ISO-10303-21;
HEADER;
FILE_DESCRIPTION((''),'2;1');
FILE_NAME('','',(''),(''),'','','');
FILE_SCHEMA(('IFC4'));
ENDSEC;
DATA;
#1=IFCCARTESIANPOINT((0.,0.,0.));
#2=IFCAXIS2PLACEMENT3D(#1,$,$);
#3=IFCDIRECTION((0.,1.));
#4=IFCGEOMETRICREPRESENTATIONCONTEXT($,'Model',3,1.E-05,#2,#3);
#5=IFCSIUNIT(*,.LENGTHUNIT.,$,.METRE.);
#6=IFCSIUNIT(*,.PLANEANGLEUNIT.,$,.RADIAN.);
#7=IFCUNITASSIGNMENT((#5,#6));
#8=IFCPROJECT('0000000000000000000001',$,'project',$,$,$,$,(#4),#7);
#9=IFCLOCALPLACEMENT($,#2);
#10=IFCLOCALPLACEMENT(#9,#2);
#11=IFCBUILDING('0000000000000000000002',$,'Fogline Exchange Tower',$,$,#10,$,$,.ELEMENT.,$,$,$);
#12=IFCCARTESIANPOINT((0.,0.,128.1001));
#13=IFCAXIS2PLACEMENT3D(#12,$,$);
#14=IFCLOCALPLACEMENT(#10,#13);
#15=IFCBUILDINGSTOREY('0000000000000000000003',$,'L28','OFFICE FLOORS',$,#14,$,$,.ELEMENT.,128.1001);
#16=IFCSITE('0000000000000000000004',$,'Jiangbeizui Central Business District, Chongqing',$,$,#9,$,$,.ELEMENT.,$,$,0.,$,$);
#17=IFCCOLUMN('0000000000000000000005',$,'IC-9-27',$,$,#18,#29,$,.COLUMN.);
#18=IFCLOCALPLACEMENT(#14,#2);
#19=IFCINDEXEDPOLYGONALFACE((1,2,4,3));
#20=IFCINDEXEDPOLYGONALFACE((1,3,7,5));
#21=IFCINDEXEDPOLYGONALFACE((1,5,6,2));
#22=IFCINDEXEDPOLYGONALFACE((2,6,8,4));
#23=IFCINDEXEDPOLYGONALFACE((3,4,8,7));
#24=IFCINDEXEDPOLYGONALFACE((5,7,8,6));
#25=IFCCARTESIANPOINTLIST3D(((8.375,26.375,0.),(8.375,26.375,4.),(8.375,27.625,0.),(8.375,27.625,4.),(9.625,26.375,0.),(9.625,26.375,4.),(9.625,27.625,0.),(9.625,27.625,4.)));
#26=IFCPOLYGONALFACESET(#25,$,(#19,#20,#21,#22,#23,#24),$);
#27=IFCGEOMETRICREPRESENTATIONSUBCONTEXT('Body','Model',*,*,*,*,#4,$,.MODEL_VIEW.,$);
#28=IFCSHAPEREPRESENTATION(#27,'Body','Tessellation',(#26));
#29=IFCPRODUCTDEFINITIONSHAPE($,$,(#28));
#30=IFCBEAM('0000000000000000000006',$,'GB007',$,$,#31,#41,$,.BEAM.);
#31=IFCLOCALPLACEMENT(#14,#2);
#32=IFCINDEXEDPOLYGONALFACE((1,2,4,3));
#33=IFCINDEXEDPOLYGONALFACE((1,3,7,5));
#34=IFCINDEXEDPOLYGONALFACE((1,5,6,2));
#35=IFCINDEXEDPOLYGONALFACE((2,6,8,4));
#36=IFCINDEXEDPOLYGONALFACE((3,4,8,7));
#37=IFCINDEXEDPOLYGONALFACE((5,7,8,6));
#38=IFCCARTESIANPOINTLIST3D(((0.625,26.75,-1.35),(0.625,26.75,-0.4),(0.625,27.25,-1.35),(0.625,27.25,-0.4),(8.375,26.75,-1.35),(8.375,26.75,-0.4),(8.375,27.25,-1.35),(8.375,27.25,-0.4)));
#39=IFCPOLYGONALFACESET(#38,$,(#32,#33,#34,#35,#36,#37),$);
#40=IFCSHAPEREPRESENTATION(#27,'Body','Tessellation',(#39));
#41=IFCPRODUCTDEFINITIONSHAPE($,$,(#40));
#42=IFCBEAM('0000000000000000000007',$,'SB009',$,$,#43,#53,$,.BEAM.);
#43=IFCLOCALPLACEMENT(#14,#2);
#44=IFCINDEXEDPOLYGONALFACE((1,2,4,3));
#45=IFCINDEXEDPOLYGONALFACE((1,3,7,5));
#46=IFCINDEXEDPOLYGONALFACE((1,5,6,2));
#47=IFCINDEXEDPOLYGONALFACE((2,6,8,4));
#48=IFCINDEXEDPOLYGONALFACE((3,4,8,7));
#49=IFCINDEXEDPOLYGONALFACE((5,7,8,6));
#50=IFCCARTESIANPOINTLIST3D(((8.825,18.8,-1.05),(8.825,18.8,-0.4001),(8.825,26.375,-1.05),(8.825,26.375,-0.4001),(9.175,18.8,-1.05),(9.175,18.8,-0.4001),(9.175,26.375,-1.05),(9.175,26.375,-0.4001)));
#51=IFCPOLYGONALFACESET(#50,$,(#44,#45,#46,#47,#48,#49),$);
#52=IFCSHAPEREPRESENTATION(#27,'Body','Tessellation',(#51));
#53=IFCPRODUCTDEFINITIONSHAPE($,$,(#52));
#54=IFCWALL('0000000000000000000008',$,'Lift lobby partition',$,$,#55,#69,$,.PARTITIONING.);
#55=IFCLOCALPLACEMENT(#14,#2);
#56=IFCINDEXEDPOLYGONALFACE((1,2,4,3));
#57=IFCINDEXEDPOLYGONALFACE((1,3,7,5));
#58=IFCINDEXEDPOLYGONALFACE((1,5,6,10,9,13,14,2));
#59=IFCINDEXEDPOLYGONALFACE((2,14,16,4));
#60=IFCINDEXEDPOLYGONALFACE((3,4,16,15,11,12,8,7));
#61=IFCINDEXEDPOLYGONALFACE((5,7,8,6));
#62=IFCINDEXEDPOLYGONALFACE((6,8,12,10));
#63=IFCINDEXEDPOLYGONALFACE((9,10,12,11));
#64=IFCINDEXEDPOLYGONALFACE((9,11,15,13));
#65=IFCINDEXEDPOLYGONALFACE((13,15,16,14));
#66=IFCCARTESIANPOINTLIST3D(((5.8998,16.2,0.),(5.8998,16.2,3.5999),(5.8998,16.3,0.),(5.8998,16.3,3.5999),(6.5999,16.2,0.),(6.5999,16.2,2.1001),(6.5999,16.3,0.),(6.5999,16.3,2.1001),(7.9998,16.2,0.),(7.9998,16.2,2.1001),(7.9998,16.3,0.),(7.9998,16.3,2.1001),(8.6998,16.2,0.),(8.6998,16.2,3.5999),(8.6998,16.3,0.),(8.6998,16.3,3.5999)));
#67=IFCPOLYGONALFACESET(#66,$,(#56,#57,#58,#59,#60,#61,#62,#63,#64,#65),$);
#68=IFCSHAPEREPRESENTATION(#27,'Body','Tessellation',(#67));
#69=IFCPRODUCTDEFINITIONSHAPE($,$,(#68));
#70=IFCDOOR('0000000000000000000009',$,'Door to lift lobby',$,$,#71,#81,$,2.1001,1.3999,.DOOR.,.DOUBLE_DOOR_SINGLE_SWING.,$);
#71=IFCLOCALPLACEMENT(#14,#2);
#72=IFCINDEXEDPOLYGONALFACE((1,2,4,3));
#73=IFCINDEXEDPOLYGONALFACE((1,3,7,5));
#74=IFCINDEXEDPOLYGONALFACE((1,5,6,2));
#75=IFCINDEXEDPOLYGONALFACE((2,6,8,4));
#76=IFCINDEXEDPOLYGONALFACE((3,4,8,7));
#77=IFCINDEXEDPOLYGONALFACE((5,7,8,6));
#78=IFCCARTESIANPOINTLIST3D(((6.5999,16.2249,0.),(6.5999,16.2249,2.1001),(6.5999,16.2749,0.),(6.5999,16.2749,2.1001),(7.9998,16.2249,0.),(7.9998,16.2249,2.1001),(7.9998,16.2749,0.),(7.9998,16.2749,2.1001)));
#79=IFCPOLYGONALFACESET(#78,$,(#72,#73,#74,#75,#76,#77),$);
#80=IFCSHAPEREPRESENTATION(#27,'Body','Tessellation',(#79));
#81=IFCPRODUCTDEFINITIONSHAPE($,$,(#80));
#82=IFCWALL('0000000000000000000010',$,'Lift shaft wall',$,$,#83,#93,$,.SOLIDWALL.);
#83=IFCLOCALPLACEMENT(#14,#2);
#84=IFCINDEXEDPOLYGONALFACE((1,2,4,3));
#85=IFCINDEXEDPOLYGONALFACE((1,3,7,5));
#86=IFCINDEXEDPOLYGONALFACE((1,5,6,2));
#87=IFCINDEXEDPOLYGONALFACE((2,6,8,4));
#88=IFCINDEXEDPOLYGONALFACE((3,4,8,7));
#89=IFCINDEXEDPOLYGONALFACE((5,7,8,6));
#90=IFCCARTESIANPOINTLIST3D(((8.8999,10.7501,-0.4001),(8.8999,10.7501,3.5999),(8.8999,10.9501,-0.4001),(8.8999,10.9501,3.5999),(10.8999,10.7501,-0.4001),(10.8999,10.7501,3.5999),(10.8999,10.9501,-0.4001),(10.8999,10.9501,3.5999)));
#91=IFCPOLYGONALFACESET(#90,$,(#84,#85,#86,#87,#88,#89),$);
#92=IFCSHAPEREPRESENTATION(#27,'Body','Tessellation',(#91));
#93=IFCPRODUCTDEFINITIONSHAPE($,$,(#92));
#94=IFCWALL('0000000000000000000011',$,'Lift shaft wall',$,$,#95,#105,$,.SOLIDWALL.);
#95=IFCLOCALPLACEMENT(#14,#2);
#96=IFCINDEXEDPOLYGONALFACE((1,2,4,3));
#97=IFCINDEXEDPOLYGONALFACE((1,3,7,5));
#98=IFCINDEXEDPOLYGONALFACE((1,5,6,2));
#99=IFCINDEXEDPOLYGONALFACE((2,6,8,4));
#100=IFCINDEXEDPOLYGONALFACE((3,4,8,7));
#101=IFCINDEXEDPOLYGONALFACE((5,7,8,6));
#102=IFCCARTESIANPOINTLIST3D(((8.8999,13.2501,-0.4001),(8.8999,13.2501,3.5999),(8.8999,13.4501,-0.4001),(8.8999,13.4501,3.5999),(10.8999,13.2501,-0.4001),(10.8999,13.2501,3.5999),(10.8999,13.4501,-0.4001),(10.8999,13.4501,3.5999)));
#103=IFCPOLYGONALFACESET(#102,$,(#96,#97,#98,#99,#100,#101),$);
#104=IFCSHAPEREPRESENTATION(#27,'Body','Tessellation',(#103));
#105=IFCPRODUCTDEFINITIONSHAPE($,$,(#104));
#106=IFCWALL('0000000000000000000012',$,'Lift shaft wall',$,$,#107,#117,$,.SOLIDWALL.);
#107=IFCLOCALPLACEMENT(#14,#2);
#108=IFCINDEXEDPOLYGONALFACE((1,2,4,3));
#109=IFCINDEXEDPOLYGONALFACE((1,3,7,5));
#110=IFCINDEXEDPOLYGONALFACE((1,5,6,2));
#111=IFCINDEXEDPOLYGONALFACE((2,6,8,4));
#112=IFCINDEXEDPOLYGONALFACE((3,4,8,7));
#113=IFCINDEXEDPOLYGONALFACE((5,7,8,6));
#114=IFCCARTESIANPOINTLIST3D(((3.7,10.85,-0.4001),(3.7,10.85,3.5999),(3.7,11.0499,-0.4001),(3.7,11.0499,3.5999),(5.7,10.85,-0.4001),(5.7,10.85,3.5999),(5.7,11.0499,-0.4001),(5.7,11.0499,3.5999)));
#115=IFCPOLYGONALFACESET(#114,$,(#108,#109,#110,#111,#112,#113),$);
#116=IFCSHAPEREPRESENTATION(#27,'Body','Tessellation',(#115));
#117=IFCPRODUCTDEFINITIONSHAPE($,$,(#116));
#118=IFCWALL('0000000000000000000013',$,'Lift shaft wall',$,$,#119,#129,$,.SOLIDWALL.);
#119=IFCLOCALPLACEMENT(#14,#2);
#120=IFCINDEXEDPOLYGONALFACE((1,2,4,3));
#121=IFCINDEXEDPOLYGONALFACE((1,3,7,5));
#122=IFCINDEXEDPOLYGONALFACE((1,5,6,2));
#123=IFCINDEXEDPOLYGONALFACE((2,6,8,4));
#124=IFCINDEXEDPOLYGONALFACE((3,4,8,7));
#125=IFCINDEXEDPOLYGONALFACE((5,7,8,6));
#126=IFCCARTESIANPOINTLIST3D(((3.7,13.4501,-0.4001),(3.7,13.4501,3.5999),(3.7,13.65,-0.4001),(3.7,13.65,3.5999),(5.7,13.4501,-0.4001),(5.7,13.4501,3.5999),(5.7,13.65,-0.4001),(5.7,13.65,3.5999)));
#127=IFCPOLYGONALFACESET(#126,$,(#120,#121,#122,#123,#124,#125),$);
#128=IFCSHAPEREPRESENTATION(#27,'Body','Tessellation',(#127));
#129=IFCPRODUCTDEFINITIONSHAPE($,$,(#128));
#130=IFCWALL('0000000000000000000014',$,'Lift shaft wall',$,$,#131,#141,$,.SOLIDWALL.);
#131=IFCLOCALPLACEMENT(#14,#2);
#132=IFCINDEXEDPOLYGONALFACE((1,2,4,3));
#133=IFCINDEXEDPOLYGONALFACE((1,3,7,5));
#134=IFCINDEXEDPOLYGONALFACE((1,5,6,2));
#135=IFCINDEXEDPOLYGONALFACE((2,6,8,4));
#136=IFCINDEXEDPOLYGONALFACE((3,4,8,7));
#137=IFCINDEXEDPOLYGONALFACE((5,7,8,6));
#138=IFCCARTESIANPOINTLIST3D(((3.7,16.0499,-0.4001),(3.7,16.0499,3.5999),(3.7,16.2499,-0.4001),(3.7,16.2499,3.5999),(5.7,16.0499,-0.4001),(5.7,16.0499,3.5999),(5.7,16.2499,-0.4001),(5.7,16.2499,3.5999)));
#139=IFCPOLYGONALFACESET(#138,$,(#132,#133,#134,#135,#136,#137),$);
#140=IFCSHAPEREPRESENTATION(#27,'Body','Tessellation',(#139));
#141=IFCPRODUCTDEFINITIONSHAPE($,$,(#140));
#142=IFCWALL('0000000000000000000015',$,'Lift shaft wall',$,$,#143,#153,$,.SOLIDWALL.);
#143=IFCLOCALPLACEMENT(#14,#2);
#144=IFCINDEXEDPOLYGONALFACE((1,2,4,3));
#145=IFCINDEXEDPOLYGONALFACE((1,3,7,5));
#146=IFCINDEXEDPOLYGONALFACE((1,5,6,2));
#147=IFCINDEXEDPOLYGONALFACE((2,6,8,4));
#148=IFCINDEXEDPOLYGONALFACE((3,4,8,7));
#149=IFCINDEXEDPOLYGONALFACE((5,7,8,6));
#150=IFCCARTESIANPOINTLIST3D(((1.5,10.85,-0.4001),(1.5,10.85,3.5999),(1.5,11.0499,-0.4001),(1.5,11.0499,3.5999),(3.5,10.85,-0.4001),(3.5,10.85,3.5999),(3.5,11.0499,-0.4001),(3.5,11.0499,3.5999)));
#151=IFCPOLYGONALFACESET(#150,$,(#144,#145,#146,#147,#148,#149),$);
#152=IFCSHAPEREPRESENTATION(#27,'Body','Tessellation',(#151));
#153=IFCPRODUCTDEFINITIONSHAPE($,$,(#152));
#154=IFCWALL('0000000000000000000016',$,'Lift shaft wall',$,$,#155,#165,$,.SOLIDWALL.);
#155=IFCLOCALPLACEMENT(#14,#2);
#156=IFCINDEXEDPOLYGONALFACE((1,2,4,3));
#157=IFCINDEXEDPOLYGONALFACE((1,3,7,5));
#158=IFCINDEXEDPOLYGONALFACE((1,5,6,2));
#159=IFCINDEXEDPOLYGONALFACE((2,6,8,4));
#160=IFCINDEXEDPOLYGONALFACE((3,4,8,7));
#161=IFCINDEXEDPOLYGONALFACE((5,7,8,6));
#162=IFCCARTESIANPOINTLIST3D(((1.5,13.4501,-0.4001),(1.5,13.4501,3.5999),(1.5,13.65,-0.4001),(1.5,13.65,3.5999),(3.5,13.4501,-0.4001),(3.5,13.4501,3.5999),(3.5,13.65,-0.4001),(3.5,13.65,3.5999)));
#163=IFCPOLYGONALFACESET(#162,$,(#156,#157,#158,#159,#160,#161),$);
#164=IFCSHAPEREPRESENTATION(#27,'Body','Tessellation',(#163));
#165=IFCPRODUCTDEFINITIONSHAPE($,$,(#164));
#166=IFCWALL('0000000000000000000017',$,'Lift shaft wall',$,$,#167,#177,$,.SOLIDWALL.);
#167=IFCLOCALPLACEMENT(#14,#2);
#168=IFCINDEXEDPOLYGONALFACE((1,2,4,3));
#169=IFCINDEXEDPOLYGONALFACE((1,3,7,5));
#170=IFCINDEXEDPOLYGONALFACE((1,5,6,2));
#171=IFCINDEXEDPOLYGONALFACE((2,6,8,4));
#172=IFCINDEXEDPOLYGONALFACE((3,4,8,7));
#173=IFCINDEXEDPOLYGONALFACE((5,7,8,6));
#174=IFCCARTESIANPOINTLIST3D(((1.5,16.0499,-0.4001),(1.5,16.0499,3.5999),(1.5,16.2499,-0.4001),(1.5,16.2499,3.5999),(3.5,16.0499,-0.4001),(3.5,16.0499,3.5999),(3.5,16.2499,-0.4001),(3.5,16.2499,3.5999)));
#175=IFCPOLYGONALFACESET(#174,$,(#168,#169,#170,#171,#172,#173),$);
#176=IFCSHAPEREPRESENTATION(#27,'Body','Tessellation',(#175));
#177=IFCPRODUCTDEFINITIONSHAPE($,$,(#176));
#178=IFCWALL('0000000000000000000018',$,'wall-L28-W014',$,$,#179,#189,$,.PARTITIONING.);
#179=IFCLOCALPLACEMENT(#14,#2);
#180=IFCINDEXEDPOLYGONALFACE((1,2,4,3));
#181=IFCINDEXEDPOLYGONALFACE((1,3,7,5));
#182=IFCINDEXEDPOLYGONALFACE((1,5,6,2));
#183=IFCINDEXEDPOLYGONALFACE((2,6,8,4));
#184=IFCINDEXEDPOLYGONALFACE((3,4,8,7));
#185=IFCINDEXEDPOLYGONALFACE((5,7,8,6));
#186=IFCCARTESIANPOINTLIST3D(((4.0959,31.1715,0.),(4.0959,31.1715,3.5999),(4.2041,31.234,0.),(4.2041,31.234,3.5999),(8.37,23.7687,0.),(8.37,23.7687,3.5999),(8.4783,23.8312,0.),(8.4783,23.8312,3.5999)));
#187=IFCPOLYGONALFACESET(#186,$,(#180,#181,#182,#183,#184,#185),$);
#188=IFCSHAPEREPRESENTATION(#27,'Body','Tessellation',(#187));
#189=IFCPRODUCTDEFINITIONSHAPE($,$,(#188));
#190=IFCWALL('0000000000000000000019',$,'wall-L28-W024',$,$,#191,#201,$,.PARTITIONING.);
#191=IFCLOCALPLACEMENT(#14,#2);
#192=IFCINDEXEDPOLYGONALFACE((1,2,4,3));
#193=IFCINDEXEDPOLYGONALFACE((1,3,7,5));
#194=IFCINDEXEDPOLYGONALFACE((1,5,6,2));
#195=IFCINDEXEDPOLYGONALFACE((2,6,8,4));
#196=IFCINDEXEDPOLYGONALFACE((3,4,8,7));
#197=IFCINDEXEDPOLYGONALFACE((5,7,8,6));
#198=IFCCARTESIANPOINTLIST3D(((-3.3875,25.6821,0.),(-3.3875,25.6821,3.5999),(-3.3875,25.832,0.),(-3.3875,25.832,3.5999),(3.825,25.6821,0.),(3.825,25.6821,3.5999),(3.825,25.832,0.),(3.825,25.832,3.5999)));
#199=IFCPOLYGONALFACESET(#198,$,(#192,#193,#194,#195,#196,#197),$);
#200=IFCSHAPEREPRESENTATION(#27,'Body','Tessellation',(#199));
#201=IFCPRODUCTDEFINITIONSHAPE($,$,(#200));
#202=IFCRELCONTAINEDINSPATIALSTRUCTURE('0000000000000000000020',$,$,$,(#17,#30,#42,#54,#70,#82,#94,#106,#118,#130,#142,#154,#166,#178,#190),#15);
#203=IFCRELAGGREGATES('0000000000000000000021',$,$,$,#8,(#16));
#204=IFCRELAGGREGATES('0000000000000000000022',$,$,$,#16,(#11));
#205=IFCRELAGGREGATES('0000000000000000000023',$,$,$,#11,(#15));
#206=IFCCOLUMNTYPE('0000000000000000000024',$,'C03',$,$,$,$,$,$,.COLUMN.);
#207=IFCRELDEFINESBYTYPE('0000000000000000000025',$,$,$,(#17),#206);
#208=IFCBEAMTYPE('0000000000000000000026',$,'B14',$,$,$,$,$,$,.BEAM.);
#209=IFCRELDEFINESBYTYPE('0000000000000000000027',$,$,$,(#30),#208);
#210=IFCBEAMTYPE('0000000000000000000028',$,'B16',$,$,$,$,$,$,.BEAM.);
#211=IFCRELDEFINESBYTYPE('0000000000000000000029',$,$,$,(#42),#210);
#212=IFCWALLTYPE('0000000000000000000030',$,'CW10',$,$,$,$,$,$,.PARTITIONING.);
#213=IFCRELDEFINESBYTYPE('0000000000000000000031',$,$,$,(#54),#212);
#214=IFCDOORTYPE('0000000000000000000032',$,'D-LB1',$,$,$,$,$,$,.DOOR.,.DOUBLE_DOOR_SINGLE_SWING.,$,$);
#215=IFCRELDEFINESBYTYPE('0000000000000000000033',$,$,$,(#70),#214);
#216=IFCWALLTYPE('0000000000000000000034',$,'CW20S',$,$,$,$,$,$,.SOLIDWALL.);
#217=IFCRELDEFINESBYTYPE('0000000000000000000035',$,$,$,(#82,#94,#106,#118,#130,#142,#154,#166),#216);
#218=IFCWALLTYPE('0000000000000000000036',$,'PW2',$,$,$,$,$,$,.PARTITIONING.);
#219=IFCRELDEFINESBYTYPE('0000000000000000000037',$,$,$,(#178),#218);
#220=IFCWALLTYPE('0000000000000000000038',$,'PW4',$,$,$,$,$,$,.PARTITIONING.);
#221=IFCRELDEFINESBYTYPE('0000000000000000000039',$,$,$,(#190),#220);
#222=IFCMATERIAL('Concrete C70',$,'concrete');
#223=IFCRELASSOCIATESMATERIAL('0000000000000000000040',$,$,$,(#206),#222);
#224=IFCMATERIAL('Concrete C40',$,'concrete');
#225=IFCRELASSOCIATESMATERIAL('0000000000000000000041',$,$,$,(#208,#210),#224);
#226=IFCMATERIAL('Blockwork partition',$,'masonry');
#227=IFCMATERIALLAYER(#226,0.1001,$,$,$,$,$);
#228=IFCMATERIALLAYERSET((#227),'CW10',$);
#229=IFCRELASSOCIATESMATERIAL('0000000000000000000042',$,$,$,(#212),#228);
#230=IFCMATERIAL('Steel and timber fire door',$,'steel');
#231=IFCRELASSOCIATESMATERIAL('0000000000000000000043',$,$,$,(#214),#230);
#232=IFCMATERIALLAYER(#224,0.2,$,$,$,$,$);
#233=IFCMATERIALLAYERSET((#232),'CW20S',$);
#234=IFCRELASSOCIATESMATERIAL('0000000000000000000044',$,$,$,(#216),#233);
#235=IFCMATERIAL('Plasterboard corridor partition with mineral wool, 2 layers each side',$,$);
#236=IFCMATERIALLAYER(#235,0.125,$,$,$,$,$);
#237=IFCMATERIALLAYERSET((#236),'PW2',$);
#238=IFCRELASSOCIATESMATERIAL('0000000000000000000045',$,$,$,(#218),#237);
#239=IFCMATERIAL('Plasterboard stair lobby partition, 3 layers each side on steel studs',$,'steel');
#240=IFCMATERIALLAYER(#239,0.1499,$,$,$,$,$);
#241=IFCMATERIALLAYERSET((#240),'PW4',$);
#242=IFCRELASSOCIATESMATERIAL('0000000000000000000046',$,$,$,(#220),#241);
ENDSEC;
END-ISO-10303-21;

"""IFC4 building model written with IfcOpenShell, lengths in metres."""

from ifc_helpers import new_model, si_unit, direction, frame, frame_2d, origin, origin_2d, place, context, subcontext, project, spatial, rectangle, extrude, material, layer, layer_set, material_profile, profile_set, type_object, element, fill, save


model = new_model("IFC4")

# Units and contexts
model_context = context("Model", 3, precision=1e-05, world=origin(), true_north=direction((0.0, 1.0)))
body_context = subcontext(model_context, "Body", "Model", "MODEL_VIEW")
ifc_project = project(units=[si_unit("LENGTHUNIT", "METRE"), si_unit("PLANEANGLEUNIT", "RADIAN")], contexts=[model_context])

# Site, building, storey
site_placement = place(None, origin())
site = spatial("IfcSite", under=ifc_project, at=site_placement, Name="Jiangbeizui Central Business District, Chongqing", CompositionType="ELEMENT", RefElevation=0.0)
building_placement = place(site_placement, origin())
building = spatial("IfcBuilding", under=site, at=building_placement, Name="Fogline Exchange Tower", CompositionType="ELEMENT")
storey_placement = place(building_placement, frame((0.0, 0.0, 128.1001)))
storey = spatial("IfcBuildingStorey", under=building, at=storey_placement, Name="L28", Description="OFFICE FLOORS", CompositionType="ELEMENT", Elevation=128.1001)

# Column
ifc_material_1 = material(Name="Concrete C70", Category="concrete")
ifc_material_profile_1 = material_profile(ifc_material_1, rectangle(XDim=1.25, YDim=1.25, at=origin_2d()), Name="RC 1250x1250")
ifc_profile_set_1 = profile_set([ifc_material_profile_1], Name="Concrete C70")
column_type = type_object("IfcColumnType", Name="C03", PredefinedType="COLUMN", material=ifc_profile_set_1)
column_placement = place(storey_placement, frame((9.0, 27.0, 0.0), z_axis=(0.0, 0.0, 1.0), x_axis=(1.0, 0.0, 0.0)))
element("IfcColumn", 1, at=column_placement, inside=storey, type_object=column_type, Name="IC-9-27", PredefinedType="COLUMN", context=body_context, shape_type="SweptSolid", body=[
    extrude(rectangle(XDim=1.25, YDim=1.25, at=origin_2d()), origin(), (0.0, 0.0, 1.0), 4.0),
])

# Beams
ifc_material_2 = material(Name="Concrete C40", Category="concrete")
ifc_material_profile_2 = material_profile(ifc_material_2, rectangle(XDim=0.5, YDim=0.95, at=origin_2d()), Name="RC 500x950")
ifc_profile_set_2 = profile_set([ifc_material_profile_2], Name="Concrete C40")
beam_type_1 = type_object("IfcBeamType", Name="B14", PredefinedType="BEAM", material=ifc_profile_set_2)
beam_1_placement = place(storey_placement, frame((0.625, 27.0, -0.875), z_axis=(1.0, 0.0, 0.0), x_axis=(0.0, 1.0, 0.0)))
element("IfcBeam", 2, at=beam_1_placement, inside=storey, type_object=beam_type_1, Name="GB007", PredefinedType="BEAM", context=body_context, shape_type="SweptSolid", body=[
    extrude(rectangle(XDim=0.5, YDim=0.95, at=origin_2d()), origin(), (0.0, 0.0, 1.0), 7.75),
])
ifc_material_profile_3 = material_profile(ifc_material_2, rectangle(XDim=0.3501, YDim=0.6499, at=origin_2d()), Name="RC 350x650")
ifc_profile_set_3 = profile_set([ifc_material_profile_3], Name="Concrete C40")
beam_type_2 = type_object("IfcBeamType", Name="B16", PredefinedType="BEAM", material=ifc_profile_set_3)
beam_2_placement = place(storey_placement, frame((9.0, 18.8, -0.7251), z_axis=(0.0, 1.0, 0.0), x_axis=(-1.0, 0.0, 0.0)))
element("IfcBeam", 3, at=beam_2_placement, inside=storey, type_object=beam_type_2, Name="SB009", PredefinedType="BEAM", context=body_context, shape_type="SweptSolid", body=[
    extrude(rectangle(XDim=0.3501, YDim=0.6499, at=origin_2d()), origin(), (0.0, 0.0, 1.0), 7.575),
])

# Wall, opening, door
ifc_material_3 = material(Name="Blockwork partition", Category="masonry")
ifc_layer_1 = layer(ifc_material_3, 0.1001)
ifc_layer_set_1 = layer_set([ifc_layer_1], Name="CW10")
wall_type_1 = type_object("IfcWallType", Name="CW10", PredefinedType="PARTITIONING", material=ifc_layer_set_1)
wall_1_placement = place(storey_placement, frame((5.8999, 16.25, 0.0), z_axis=(0.0, 0.0, 1.0), x_axis=(1.0, 0.0, 0.0)))
wall_1 = element("IfcWall", 4, at=wall_1_placement, inside=storey, type_object=wall_type_1, Name="Lift lobby partition", PredefinedType="PARTITIONING", context=body_context, shape_type="SweptSolid", body=[
    extrude(rectangle(XDim=2.8, YDim=0.1001, at=frame_2d((1.3999, 0.0))), origin(), (0.0, 0.0, 1.0), 3.5999),
])
opening_1_placement = place(wall_1_placement, frame((0.7, 0.0, 0.0)))
opening_1 = element("IfcOpeningElement", 5, at=opening_1_placement, cuts=wall_1, PredefinedType="OPENING", context=body_context, shape_type="SweptSolid", body=[
    extrude(rectangle(XDim=1.3999, YDim=2.1001, at=frame_2d((0.7, 1.05))), frame((0.0, 0.0601, 0.0), z_axis=(0.0, -1.0, 0.0), x_axis=(1.0, 0.0, 0.0)), (0.0, 0.0, 1.0), 0.1201),
])
ifc_material_4 = material(Name="Steel and timber fire door", Category="steel")
door_type_1 = type_object("IfcDoorType", Name="D-LB1", OperationType="DOUBLE_DOOR_SINGLE_SWING", PredefinedType="DOOR", material=ifc_material_4)
door_1_placement = place(opening_1_placement, origin())
door_1 = element("IfcDoor", 6, at=door_1_placement, inside=storey, type_object=door_type_1, Name="Door to lift lobby", OperationType="DOUBLE_DOOR_SINGLE_SWING", OverallHeight=2.1001, OverallWidth=1.3999, PredefinedType="DOOR", context=body_context, shape_type="SweptSolid", body=[
    extrude(rectangle(XDim=1.3999, YDim=2.1001, at=frame_2d((0.7, 1.05))), frame((0.0, 0.0249, 0.0), z_axis=(0.0, -1.0, 0.0), x_axis=(1.0, 0.0, 0.0)), (0.0, 0.0, 1.0), 0.05),
])
fill(opening_1, door_1)

# Walls
ifc_layer_2 = layer(ifc_material_2, 0.2)
ifc_layer_set_2 = layer_set([ifc_layer_2], Name="CW20S")
wall_type_2 = type_object("IfcWallType", Name="CW20S", PredefinedType="SOLIDWALL", material=ifc_layer_set_2)
for number, where, z_axis, x_axis, name in (
    (7, (8.8999, 10.8501, -0.4001), (0.0, 0.0, 1.0), (1.0, 0.0, 0.0), "Lift shaft wall"),
    (8, (8.8999, 13.3501, -0.4001), (0.0, 0.0, 1.0), (1.0, 0.0, 0.0), "Lift shaft wall"),
    (9, (3.7, 10.95, -0.4001), (0.0, 0.0, 1.0), (1.0, 0.0, 0.0), "Lift shaft wall"),
    (10, (3.7, 13.55, -0.4001), (0.0, 0.0, 1.0), (1.0, 0.0, 0.0), "Lift shaft wall"),
    (11, (3.7, 16.1499, -0.4001), (0.0, 0.0, 1.0), (1.0, 0.0, 0.0), "Lift shaft wall"),
    (12, (1.5, 10.95, -0.4001), (0.0, 0.0, 1.0), (1.0, 0.0, 0.0), "Lift shaft wall"),
    (13, (1.5, 13.55, -0.4001), (0.0, 0.0, 1.0), (1.0, 0.0, 0.0), "Lift shaft wall"),
    (14, (1.5, 16.1499, -0.4001), (0.0, 0.0, 1.0), (1.0, 0.0, 0.0), "Lift shaft wall"),
):
    element("IfcWall", number, at=place(storey_placement, frame(where, z_axis=z_axis, x_axis=x_axis)), inside=storey, type_object=wall_type_2, Name=name, PredefinedType="SOLIDWALL", context=body_context, shape_type="SweptSolid", body=[
        extrude(rectangle(XDim=2.0, YDim=0.2, at=frame_2d((1.0, 0.0))), origin(), (0.0, 0.0, 1.0), 4.0),
    ])
ifc_material_5 = material(Name="Plasterboard corridor partition with mineral wool, 2 layers each side")
ifc_layer_3 = layer(ifc_material_5, 0.125)
ifc_layer_set_3 = layer_set([ifc_layer_3], Name="PW2")
wall_type_3 = type_object("IfcWallType", Name="PW2", PredefinedType="PARTITIONING", material=ifc_layer_set_3)
wall_2_placement = place(storey_placement, frame((8.4241, 23.8, 0.0), z_axis=(0.0, 0.0, 1.0), x_axis=(-0.500013, 0.866018, 0.0)))
element("IfcWall", 15, at=wall_2_placement, inside=storey, type_object=wall_type_3, Name="wall-L28-W014", PredefinedType="PARTITIONING", context=body_context, shape_type="SweptSolid", body=[
    extrude(rectangle(XDim=8.5481, YDim=0.125, at=frame_2d((4.2739, 0.0))), origin(), (0.0, 0.0, 1.0), 3.5999),
])
ifc_material_6 = material(Name="Plasterboard stair lobby partition, 3 layers each side on steel studs", Category="steel")
ifc_layer_4 = layer(ifc_material_6, 0.1499)
ifc_layer_set_4 = layer_set([ifc_layer_4], Name="PW4")
wall_type_4 = type_object("IfcWallType", Name="PW4", PredefinedType="PARTITIONING", material=ifc_layer_set_4)
wall_3_placement = place(storey_placement, frame((3.825, 25.7571, 0.0), z_axis=(0.0, 0.0, 1.0), x_axis=(-1.0, 0.0, 0.0)))
element("IfcWall", 16, at=wall_3_placement, inside=storey, type_object=wall_type_4, Name="wall-L28-W024", PredefinedType="PARTITIONING", context=body_context, shape_type="SweptSolid", body=[
    extrude(rectangle(XDim=7.2124, YDim=0.1499, at=frame_2d((3.6062, 0.0))), origin(), (0.0, 0.0, 1.0), 3.5999),
])

save(model, "model.ifc")
